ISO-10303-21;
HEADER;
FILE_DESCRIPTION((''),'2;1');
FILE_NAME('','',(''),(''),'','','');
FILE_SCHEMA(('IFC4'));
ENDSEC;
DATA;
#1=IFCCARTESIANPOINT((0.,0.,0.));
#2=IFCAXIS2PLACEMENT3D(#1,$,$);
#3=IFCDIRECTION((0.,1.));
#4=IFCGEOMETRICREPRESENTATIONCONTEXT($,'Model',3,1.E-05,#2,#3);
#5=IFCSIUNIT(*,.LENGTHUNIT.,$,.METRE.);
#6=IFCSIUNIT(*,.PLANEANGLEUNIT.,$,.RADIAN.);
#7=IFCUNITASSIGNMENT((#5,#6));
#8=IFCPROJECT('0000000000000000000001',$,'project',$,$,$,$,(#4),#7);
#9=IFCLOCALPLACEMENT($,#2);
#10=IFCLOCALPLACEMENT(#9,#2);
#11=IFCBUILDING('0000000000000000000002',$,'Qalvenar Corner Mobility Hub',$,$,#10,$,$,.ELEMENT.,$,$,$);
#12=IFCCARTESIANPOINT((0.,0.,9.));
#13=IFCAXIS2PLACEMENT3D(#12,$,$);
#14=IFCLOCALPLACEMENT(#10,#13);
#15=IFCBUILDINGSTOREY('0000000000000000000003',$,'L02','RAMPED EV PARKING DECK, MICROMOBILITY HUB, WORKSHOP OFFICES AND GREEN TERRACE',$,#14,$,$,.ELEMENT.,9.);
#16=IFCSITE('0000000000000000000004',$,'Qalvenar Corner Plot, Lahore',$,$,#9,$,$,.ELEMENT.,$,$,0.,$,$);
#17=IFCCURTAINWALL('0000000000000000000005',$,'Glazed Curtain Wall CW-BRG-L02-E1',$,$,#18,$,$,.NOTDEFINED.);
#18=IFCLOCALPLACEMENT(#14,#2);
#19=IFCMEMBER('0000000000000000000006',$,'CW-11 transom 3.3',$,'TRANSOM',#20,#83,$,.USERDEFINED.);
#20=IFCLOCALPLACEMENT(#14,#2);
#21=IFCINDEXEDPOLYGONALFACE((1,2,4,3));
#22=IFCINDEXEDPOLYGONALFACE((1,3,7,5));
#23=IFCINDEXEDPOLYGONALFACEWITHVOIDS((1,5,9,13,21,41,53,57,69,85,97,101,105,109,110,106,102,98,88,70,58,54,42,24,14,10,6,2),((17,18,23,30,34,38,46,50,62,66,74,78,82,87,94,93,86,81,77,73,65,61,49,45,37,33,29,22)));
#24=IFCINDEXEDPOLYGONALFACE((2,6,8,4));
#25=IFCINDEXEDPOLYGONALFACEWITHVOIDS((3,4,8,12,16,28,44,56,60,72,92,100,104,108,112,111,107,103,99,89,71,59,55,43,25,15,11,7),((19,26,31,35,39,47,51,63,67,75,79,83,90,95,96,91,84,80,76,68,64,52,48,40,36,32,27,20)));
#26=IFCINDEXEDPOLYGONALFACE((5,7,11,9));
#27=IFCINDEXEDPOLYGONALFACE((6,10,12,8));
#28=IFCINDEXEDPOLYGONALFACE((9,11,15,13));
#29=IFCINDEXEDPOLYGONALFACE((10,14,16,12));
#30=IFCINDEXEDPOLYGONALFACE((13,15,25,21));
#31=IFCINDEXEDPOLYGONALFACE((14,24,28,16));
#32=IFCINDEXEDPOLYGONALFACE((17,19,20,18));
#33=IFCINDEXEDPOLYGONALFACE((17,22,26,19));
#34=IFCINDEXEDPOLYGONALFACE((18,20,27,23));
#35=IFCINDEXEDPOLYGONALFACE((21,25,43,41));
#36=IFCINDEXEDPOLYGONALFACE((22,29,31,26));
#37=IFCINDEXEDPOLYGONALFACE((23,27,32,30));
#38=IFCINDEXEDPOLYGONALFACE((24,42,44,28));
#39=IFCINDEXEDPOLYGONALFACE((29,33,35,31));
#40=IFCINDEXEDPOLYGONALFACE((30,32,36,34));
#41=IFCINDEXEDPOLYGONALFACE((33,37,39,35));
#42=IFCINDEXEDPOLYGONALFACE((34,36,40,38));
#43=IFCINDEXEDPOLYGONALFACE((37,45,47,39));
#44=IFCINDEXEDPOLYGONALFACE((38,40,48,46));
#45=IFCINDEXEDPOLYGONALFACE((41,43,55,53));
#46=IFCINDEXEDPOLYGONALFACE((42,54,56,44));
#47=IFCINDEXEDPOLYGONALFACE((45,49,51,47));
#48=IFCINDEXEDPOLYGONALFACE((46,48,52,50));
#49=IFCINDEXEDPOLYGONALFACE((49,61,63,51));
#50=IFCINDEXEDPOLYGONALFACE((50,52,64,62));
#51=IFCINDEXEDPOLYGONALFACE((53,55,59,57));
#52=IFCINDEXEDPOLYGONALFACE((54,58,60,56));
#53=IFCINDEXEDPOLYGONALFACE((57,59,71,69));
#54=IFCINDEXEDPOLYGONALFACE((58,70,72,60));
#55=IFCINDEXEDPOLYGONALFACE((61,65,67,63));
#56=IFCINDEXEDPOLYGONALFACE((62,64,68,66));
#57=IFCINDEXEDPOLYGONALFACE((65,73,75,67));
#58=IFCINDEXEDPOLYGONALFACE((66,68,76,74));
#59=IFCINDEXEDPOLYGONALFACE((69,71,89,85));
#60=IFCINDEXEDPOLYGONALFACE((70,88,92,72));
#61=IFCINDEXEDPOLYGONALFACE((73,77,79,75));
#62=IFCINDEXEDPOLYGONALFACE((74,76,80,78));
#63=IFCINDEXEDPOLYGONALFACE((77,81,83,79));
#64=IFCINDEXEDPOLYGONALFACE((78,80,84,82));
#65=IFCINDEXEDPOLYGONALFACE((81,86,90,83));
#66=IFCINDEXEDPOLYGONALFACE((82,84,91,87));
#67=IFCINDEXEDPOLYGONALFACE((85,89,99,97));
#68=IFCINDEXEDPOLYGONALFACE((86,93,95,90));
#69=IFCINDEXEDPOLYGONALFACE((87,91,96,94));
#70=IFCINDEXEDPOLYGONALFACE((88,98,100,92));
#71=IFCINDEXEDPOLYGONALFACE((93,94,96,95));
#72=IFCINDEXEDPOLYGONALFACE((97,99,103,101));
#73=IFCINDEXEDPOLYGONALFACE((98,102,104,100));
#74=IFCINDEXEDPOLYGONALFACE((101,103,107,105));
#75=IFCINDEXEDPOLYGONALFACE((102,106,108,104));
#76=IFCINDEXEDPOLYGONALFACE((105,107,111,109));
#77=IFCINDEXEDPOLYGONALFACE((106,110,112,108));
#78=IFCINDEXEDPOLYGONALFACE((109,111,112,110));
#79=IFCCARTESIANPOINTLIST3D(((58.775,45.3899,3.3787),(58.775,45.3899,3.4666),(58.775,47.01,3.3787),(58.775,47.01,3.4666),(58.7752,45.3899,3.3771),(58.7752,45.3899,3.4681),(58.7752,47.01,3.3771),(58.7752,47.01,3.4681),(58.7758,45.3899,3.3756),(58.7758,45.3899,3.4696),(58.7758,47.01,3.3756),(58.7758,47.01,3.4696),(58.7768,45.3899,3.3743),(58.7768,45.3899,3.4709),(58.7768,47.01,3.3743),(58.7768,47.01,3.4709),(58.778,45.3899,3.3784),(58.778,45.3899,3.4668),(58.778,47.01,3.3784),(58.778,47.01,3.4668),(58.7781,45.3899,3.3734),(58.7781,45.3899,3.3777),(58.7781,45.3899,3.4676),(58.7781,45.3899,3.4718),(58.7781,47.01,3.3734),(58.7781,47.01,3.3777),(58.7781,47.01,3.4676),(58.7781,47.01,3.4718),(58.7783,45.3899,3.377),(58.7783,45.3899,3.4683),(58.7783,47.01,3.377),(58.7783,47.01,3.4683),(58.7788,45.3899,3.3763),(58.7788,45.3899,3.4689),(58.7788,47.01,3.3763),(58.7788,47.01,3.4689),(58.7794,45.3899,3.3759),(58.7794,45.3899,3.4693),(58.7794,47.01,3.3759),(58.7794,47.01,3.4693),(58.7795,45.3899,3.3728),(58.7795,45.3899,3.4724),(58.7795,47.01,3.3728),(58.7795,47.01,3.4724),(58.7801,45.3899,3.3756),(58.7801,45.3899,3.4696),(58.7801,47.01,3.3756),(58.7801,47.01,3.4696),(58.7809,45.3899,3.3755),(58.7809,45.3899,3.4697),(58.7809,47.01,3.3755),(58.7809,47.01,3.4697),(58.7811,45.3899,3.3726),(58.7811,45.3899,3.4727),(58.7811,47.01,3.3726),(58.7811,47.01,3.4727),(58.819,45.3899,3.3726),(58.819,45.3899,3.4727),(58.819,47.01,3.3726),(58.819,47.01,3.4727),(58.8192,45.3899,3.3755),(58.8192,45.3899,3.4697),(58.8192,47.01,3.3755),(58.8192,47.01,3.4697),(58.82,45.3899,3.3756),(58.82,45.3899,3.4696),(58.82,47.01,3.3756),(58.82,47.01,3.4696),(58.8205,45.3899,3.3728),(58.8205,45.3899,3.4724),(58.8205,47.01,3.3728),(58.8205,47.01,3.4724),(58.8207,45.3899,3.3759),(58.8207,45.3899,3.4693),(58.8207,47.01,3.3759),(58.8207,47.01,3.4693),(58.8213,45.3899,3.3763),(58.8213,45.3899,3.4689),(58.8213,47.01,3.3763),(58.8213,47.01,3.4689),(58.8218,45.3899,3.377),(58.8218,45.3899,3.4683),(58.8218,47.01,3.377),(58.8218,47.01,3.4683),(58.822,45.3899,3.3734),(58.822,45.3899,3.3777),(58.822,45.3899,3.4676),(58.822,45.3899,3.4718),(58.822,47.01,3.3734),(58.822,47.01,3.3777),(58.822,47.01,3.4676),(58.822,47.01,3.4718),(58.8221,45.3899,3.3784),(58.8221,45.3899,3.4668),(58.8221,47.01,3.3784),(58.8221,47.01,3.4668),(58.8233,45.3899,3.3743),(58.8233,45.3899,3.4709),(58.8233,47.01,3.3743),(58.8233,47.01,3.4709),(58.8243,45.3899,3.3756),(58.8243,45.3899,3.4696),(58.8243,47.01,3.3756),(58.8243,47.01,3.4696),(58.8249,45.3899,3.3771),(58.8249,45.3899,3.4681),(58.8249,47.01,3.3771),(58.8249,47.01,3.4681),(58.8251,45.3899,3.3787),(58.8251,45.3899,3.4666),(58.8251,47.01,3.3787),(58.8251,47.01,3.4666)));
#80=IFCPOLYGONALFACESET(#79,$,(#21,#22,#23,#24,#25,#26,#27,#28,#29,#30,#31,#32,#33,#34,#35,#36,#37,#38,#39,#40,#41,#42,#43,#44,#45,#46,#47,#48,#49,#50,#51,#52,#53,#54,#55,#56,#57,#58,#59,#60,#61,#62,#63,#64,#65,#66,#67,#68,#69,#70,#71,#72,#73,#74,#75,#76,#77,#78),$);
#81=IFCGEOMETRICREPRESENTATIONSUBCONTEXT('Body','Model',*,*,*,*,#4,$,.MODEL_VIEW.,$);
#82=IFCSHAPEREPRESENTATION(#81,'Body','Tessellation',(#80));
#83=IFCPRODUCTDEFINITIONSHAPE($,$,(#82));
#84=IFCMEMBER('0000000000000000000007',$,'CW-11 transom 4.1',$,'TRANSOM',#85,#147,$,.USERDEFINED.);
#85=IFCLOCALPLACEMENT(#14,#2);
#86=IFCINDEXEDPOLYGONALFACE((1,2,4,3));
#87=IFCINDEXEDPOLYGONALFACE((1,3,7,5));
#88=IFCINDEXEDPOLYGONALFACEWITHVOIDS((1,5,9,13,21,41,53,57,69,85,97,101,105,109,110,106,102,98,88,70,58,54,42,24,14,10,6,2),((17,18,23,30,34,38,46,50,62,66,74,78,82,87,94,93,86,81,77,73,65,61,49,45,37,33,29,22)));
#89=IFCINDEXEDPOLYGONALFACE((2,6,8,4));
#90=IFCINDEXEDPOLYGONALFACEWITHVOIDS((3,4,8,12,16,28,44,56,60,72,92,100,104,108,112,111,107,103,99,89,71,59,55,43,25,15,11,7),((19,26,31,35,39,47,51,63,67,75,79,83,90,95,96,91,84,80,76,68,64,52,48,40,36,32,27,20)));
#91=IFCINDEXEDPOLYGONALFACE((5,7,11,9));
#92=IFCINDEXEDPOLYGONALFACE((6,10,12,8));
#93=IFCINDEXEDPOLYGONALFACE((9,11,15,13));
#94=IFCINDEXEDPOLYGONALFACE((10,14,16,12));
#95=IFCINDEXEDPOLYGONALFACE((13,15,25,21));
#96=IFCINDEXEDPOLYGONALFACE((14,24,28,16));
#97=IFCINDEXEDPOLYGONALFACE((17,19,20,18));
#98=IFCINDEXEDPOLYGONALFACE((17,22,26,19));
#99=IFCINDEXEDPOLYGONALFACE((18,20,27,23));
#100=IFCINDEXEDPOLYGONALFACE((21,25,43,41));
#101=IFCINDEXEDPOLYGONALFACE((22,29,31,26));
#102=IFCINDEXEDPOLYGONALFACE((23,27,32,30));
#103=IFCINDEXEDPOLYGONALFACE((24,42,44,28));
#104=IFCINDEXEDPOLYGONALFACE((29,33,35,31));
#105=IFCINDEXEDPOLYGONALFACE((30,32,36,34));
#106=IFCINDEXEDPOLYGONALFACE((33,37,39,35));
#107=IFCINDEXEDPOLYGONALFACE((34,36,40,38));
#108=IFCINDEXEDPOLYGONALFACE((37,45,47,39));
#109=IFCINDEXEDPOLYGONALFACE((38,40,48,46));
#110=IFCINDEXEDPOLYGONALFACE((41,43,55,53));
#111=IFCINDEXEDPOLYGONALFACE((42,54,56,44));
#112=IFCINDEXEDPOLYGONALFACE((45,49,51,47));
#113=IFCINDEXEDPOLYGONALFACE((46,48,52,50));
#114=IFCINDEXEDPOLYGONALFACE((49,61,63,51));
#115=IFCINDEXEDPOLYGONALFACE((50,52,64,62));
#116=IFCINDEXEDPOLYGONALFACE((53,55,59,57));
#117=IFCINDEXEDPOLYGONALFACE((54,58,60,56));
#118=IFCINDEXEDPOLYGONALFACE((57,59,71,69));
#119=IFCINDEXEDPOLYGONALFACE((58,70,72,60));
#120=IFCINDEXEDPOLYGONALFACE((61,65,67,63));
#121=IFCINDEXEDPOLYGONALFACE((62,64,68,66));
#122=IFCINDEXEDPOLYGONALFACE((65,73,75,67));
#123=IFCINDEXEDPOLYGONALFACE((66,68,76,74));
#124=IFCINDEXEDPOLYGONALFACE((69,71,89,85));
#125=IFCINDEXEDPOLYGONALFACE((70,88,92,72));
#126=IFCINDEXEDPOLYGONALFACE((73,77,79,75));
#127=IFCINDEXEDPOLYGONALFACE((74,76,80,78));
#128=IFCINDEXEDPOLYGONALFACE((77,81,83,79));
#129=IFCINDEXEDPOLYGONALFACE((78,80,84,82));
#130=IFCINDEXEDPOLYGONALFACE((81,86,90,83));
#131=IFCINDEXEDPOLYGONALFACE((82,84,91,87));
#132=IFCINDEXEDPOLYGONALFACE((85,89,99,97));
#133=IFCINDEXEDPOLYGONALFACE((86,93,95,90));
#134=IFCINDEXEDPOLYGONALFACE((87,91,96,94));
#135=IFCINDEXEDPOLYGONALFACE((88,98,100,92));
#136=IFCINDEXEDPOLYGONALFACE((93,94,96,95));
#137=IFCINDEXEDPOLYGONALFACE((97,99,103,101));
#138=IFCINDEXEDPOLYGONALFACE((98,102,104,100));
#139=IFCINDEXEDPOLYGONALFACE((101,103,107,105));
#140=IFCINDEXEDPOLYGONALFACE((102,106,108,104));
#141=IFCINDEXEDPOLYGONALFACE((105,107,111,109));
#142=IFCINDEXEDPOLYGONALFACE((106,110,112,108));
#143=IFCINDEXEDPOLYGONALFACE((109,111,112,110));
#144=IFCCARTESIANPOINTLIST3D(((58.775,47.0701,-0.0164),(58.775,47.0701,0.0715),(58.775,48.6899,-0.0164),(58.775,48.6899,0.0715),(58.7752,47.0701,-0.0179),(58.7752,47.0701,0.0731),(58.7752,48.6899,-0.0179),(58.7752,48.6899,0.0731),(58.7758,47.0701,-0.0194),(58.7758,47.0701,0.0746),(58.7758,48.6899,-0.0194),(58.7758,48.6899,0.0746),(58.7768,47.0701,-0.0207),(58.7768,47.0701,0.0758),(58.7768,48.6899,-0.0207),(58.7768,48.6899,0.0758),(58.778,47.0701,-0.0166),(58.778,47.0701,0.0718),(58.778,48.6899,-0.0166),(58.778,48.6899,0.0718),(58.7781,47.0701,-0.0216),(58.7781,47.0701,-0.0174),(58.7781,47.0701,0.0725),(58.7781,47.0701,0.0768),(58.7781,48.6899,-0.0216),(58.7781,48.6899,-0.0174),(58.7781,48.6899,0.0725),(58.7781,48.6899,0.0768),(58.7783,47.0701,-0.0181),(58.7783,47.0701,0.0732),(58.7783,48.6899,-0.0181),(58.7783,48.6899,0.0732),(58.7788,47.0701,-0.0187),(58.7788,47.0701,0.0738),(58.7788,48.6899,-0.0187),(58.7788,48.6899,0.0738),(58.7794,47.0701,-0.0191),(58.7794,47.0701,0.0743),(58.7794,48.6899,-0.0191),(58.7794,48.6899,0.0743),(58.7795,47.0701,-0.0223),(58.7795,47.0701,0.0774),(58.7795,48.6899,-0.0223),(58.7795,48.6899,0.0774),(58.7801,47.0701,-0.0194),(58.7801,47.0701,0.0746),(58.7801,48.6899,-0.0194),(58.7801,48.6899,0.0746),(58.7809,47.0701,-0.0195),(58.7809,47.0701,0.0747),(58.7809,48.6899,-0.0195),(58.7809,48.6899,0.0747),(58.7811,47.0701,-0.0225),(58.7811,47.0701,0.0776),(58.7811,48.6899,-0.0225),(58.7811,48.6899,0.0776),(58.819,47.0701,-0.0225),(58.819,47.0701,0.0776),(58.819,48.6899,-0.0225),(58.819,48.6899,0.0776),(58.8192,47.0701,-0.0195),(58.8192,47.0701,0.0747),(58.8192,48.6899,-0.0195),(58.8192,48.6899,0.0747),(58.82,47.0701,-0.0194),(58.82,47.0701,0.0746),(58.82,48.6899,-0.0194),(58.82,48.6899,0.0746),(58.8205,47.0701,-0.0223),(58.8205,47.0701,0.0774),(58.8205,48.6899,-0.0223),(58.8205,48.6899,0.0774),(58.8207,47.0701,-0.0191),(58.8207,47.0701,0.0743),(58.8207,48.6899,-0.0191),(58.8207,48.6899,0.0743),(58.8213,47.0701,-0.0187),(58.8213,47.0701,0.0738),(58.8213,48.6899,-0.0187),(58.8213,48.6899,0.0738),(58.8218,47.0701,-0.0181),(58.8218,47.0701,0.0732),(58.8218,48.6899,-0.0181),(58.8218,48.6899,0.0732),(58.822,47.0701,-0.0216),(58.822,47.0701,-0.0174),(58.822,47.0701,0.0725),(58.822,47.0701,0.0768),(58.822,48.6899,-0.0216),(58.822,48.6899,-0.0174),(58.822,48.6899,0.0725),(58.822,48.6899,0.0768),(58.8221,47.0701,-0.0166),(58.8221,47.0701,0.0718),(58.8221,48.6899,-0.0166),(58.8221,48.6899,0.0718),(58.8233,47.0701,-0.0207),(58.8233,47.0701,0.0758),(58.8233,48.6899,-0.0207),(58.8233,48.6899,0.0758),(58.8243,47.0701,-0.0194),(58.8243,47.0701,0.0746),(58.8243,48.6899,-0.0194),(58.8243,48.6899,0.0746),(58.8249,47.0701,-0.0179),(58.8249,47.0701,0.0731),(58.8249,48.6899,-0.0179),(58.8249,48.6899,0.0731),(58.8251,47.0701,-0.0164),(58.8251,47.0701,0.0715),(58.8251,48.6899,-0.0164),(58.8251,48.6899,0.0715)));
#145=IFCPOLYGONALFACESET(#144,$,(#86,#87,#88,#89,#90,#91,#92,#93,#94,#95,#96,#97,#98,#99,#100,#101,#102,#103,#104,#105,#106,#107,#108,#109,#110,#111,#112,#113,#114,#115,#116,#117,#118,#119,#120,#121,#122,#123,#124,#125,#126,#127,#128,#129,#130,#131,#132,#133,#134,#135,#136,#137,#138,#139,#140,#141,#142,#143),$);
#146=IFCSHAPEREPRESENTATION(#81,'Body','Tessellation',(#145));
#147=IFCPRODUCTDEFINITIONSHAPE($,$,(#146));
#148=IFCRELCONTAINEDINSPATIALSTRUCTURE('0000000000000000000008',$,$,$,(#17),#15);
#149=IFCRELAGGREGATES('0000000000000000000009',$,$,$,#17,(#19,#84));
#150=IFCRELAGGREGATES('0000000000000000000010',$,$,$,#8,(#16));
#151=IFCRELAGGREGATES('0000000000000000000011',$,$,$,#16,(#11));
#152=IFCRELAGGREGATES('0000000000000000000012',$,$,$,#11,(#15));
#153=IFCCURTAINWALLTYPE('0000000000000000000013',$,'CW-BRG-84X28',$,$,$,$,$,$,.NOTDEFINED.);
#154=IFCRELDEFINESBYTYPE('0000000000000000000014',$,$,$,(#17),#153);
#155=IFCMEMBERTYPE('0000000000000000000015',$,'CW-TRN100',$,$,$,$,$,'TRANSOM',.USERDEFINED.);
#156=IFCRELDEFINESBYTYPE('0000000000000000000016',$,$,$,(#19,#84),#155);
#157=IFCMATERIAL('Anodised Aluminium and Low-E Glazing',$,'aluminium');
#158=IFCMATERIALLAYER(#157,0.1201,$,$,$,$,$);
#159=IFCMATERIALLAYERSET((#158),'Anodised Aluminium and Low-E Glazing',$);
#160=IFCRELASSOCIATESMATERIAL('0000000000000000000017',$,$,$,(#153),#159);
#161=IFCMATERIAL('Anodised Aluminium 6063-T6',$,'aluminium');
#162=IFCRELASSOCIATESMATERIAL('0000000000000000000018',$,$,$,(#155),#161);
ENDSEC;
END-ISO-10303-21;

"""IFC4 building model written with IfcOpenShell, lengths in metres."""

from ifc_helpers import new_model, si_unit, direction, frame, origin, origin_2d, place, context, subcontext, project, spatial, hollow_rectangle, extrude, material, layer, layer_set, material_profile, profile_set, type_object, element, aggregate, save


model = new_model("IFC4")

# Units and contexts
model_context = context("Model", 3, precision=1e-05, world=origin(), true_north=direction((0.0, 1.0)))
body_context = subcontext(model_context, "Body", "Model", "MODEL_VIEW")
ifc_project = project(units=[si_unit("LENGTHUNIT", "METRE"), si_unit("PLANEANGLEUNIT", "RADIAN")], contexts=[model_context])

# Site, building, storey
site_placement = place(None, origin())
site = spatial("IfcSite", under=ifc_project, at=site_placement, Name="Qalvenar Corner Plot, Lahore", CompositionType="ELEMENT", RefElevation=0.0)
building_placement = place(site_placement, origin())
building = spatial("IfcBuilding", under=site, at=building_placement, Name="Qalvenar Corner Mobility Hub", CompositionType="ELEMENT")
storey_placement = place(building_placement, frame((0.0, 0.0, 9.0)))
storey = spatial("IfcBuildingStorey", under=building, at=storey_placement, Name="L02", Description="RAMPED EV PARKING DECK, MICROMOBILITY HUB, WORKSHOP OFFICES AND GREEN TERRACE", CompositionType="ELEMENT", Elevation=9.0)

# Curtain wall, members
ifc_material_1 = material(Name="Anodised Aluminium and Low-E Glazing", Category="aluminium")
ifc_layer_1 = layer(ifc_material_1, 0.1201)
ifc_layer_set_1 = layer_set([ifc_layer_1], Name="Anodised Aluminium and Low-E Glazing")
curtain_wall_type = type_object("IfcCurtainWallType", Name="CW-BRG-84X28", PredefinedType="NOTDEFINED", material=ifc_layer_set_1)
curtain_wall_placement = place(storey_placement, origin())
curtain_wall = element("IfcCurtainWall", 1, at=curtain_wall_placement, inside=storey, type_object=curtain_wall_type, Name="Glazed Curtain Wall CW-BRG-L02-E1", PredefinedType="NOTDEFINED")
ifc_material_2 = material(Name="Anodised Aluminium 6063-T6", Category="aluminium")
ifc_material_profile_1 = material_profile(ifc_material_2, hollow_rectangle(XDim=0.05, YDim=0.1001, WallThickness=0.0029, InnerFilletRadius=0.0029, OuterFilletRadius=0.0061, at=origin_2d()), Name="RHS100x50x3")
ifc_profile_set_1 = profile_set([ifc_material_profile_1], Name="Anodised Aluminium 6063-T6")
member_type_1 = type_object("IfcMemberType", Name="CW-TRN100", ElementType="TRANSOM", PredefinedType="USERDEFINED", material=ifc_profile_set_1)
member_1_placement = place(storey_placement, frame((58.8, 45.3899, 3.4226), z_axis=(0.0, 1.0, 0.0), x_axis=(-1.0, 0.0, 0.0)))
member_1 = element("IfcMember", 2, at=member_1_placement, type_object=member_type_1, Name="CW-11 transom 3.3", ObjectType="TRANSOM", PredefinedType="USERDEFINED", context=body_context, shape_type="SweptSolid", body=[
    extrude(hollow_rectangle(XDim=0.05, YDim=0.1001, WallThickness=0.0029, InnerFilletRadius=0.0029, OuterFilletRadius=0.0061, at=origin_2d()), origin(), (0.0, 0.0, 1.0), 1.6201),
])
member_2_placement = place(storey_placement, frame((58.8, 47.0701, 0.0276), z_axis=(0.0, 1.0, 0.0), x_axis=(-1.0, 0.0, 0.0)))
member_2 = element("IfcMember", 3, at=member_2_placement, type_object=member_type_1, Name="CW-11 transom 4.1", ObjectType="TRANSOM", PredefinedType="USERDEFINED", context=body_context, shape_type="SweptSolid", body=[
    extrude(hollow_rectangle(XDim=0.05, YDim=0.1001, WallThickness=0.0029, InnerFilletRadius=0.0029, OuterFilletRadius=0.0061, at=origin_2d()), origin(), (0.0, 0.0, 1.0), 1.6199),
])

aggregate(curtain_wall, [member_1, member_2])

save(model, "model.ifc")
